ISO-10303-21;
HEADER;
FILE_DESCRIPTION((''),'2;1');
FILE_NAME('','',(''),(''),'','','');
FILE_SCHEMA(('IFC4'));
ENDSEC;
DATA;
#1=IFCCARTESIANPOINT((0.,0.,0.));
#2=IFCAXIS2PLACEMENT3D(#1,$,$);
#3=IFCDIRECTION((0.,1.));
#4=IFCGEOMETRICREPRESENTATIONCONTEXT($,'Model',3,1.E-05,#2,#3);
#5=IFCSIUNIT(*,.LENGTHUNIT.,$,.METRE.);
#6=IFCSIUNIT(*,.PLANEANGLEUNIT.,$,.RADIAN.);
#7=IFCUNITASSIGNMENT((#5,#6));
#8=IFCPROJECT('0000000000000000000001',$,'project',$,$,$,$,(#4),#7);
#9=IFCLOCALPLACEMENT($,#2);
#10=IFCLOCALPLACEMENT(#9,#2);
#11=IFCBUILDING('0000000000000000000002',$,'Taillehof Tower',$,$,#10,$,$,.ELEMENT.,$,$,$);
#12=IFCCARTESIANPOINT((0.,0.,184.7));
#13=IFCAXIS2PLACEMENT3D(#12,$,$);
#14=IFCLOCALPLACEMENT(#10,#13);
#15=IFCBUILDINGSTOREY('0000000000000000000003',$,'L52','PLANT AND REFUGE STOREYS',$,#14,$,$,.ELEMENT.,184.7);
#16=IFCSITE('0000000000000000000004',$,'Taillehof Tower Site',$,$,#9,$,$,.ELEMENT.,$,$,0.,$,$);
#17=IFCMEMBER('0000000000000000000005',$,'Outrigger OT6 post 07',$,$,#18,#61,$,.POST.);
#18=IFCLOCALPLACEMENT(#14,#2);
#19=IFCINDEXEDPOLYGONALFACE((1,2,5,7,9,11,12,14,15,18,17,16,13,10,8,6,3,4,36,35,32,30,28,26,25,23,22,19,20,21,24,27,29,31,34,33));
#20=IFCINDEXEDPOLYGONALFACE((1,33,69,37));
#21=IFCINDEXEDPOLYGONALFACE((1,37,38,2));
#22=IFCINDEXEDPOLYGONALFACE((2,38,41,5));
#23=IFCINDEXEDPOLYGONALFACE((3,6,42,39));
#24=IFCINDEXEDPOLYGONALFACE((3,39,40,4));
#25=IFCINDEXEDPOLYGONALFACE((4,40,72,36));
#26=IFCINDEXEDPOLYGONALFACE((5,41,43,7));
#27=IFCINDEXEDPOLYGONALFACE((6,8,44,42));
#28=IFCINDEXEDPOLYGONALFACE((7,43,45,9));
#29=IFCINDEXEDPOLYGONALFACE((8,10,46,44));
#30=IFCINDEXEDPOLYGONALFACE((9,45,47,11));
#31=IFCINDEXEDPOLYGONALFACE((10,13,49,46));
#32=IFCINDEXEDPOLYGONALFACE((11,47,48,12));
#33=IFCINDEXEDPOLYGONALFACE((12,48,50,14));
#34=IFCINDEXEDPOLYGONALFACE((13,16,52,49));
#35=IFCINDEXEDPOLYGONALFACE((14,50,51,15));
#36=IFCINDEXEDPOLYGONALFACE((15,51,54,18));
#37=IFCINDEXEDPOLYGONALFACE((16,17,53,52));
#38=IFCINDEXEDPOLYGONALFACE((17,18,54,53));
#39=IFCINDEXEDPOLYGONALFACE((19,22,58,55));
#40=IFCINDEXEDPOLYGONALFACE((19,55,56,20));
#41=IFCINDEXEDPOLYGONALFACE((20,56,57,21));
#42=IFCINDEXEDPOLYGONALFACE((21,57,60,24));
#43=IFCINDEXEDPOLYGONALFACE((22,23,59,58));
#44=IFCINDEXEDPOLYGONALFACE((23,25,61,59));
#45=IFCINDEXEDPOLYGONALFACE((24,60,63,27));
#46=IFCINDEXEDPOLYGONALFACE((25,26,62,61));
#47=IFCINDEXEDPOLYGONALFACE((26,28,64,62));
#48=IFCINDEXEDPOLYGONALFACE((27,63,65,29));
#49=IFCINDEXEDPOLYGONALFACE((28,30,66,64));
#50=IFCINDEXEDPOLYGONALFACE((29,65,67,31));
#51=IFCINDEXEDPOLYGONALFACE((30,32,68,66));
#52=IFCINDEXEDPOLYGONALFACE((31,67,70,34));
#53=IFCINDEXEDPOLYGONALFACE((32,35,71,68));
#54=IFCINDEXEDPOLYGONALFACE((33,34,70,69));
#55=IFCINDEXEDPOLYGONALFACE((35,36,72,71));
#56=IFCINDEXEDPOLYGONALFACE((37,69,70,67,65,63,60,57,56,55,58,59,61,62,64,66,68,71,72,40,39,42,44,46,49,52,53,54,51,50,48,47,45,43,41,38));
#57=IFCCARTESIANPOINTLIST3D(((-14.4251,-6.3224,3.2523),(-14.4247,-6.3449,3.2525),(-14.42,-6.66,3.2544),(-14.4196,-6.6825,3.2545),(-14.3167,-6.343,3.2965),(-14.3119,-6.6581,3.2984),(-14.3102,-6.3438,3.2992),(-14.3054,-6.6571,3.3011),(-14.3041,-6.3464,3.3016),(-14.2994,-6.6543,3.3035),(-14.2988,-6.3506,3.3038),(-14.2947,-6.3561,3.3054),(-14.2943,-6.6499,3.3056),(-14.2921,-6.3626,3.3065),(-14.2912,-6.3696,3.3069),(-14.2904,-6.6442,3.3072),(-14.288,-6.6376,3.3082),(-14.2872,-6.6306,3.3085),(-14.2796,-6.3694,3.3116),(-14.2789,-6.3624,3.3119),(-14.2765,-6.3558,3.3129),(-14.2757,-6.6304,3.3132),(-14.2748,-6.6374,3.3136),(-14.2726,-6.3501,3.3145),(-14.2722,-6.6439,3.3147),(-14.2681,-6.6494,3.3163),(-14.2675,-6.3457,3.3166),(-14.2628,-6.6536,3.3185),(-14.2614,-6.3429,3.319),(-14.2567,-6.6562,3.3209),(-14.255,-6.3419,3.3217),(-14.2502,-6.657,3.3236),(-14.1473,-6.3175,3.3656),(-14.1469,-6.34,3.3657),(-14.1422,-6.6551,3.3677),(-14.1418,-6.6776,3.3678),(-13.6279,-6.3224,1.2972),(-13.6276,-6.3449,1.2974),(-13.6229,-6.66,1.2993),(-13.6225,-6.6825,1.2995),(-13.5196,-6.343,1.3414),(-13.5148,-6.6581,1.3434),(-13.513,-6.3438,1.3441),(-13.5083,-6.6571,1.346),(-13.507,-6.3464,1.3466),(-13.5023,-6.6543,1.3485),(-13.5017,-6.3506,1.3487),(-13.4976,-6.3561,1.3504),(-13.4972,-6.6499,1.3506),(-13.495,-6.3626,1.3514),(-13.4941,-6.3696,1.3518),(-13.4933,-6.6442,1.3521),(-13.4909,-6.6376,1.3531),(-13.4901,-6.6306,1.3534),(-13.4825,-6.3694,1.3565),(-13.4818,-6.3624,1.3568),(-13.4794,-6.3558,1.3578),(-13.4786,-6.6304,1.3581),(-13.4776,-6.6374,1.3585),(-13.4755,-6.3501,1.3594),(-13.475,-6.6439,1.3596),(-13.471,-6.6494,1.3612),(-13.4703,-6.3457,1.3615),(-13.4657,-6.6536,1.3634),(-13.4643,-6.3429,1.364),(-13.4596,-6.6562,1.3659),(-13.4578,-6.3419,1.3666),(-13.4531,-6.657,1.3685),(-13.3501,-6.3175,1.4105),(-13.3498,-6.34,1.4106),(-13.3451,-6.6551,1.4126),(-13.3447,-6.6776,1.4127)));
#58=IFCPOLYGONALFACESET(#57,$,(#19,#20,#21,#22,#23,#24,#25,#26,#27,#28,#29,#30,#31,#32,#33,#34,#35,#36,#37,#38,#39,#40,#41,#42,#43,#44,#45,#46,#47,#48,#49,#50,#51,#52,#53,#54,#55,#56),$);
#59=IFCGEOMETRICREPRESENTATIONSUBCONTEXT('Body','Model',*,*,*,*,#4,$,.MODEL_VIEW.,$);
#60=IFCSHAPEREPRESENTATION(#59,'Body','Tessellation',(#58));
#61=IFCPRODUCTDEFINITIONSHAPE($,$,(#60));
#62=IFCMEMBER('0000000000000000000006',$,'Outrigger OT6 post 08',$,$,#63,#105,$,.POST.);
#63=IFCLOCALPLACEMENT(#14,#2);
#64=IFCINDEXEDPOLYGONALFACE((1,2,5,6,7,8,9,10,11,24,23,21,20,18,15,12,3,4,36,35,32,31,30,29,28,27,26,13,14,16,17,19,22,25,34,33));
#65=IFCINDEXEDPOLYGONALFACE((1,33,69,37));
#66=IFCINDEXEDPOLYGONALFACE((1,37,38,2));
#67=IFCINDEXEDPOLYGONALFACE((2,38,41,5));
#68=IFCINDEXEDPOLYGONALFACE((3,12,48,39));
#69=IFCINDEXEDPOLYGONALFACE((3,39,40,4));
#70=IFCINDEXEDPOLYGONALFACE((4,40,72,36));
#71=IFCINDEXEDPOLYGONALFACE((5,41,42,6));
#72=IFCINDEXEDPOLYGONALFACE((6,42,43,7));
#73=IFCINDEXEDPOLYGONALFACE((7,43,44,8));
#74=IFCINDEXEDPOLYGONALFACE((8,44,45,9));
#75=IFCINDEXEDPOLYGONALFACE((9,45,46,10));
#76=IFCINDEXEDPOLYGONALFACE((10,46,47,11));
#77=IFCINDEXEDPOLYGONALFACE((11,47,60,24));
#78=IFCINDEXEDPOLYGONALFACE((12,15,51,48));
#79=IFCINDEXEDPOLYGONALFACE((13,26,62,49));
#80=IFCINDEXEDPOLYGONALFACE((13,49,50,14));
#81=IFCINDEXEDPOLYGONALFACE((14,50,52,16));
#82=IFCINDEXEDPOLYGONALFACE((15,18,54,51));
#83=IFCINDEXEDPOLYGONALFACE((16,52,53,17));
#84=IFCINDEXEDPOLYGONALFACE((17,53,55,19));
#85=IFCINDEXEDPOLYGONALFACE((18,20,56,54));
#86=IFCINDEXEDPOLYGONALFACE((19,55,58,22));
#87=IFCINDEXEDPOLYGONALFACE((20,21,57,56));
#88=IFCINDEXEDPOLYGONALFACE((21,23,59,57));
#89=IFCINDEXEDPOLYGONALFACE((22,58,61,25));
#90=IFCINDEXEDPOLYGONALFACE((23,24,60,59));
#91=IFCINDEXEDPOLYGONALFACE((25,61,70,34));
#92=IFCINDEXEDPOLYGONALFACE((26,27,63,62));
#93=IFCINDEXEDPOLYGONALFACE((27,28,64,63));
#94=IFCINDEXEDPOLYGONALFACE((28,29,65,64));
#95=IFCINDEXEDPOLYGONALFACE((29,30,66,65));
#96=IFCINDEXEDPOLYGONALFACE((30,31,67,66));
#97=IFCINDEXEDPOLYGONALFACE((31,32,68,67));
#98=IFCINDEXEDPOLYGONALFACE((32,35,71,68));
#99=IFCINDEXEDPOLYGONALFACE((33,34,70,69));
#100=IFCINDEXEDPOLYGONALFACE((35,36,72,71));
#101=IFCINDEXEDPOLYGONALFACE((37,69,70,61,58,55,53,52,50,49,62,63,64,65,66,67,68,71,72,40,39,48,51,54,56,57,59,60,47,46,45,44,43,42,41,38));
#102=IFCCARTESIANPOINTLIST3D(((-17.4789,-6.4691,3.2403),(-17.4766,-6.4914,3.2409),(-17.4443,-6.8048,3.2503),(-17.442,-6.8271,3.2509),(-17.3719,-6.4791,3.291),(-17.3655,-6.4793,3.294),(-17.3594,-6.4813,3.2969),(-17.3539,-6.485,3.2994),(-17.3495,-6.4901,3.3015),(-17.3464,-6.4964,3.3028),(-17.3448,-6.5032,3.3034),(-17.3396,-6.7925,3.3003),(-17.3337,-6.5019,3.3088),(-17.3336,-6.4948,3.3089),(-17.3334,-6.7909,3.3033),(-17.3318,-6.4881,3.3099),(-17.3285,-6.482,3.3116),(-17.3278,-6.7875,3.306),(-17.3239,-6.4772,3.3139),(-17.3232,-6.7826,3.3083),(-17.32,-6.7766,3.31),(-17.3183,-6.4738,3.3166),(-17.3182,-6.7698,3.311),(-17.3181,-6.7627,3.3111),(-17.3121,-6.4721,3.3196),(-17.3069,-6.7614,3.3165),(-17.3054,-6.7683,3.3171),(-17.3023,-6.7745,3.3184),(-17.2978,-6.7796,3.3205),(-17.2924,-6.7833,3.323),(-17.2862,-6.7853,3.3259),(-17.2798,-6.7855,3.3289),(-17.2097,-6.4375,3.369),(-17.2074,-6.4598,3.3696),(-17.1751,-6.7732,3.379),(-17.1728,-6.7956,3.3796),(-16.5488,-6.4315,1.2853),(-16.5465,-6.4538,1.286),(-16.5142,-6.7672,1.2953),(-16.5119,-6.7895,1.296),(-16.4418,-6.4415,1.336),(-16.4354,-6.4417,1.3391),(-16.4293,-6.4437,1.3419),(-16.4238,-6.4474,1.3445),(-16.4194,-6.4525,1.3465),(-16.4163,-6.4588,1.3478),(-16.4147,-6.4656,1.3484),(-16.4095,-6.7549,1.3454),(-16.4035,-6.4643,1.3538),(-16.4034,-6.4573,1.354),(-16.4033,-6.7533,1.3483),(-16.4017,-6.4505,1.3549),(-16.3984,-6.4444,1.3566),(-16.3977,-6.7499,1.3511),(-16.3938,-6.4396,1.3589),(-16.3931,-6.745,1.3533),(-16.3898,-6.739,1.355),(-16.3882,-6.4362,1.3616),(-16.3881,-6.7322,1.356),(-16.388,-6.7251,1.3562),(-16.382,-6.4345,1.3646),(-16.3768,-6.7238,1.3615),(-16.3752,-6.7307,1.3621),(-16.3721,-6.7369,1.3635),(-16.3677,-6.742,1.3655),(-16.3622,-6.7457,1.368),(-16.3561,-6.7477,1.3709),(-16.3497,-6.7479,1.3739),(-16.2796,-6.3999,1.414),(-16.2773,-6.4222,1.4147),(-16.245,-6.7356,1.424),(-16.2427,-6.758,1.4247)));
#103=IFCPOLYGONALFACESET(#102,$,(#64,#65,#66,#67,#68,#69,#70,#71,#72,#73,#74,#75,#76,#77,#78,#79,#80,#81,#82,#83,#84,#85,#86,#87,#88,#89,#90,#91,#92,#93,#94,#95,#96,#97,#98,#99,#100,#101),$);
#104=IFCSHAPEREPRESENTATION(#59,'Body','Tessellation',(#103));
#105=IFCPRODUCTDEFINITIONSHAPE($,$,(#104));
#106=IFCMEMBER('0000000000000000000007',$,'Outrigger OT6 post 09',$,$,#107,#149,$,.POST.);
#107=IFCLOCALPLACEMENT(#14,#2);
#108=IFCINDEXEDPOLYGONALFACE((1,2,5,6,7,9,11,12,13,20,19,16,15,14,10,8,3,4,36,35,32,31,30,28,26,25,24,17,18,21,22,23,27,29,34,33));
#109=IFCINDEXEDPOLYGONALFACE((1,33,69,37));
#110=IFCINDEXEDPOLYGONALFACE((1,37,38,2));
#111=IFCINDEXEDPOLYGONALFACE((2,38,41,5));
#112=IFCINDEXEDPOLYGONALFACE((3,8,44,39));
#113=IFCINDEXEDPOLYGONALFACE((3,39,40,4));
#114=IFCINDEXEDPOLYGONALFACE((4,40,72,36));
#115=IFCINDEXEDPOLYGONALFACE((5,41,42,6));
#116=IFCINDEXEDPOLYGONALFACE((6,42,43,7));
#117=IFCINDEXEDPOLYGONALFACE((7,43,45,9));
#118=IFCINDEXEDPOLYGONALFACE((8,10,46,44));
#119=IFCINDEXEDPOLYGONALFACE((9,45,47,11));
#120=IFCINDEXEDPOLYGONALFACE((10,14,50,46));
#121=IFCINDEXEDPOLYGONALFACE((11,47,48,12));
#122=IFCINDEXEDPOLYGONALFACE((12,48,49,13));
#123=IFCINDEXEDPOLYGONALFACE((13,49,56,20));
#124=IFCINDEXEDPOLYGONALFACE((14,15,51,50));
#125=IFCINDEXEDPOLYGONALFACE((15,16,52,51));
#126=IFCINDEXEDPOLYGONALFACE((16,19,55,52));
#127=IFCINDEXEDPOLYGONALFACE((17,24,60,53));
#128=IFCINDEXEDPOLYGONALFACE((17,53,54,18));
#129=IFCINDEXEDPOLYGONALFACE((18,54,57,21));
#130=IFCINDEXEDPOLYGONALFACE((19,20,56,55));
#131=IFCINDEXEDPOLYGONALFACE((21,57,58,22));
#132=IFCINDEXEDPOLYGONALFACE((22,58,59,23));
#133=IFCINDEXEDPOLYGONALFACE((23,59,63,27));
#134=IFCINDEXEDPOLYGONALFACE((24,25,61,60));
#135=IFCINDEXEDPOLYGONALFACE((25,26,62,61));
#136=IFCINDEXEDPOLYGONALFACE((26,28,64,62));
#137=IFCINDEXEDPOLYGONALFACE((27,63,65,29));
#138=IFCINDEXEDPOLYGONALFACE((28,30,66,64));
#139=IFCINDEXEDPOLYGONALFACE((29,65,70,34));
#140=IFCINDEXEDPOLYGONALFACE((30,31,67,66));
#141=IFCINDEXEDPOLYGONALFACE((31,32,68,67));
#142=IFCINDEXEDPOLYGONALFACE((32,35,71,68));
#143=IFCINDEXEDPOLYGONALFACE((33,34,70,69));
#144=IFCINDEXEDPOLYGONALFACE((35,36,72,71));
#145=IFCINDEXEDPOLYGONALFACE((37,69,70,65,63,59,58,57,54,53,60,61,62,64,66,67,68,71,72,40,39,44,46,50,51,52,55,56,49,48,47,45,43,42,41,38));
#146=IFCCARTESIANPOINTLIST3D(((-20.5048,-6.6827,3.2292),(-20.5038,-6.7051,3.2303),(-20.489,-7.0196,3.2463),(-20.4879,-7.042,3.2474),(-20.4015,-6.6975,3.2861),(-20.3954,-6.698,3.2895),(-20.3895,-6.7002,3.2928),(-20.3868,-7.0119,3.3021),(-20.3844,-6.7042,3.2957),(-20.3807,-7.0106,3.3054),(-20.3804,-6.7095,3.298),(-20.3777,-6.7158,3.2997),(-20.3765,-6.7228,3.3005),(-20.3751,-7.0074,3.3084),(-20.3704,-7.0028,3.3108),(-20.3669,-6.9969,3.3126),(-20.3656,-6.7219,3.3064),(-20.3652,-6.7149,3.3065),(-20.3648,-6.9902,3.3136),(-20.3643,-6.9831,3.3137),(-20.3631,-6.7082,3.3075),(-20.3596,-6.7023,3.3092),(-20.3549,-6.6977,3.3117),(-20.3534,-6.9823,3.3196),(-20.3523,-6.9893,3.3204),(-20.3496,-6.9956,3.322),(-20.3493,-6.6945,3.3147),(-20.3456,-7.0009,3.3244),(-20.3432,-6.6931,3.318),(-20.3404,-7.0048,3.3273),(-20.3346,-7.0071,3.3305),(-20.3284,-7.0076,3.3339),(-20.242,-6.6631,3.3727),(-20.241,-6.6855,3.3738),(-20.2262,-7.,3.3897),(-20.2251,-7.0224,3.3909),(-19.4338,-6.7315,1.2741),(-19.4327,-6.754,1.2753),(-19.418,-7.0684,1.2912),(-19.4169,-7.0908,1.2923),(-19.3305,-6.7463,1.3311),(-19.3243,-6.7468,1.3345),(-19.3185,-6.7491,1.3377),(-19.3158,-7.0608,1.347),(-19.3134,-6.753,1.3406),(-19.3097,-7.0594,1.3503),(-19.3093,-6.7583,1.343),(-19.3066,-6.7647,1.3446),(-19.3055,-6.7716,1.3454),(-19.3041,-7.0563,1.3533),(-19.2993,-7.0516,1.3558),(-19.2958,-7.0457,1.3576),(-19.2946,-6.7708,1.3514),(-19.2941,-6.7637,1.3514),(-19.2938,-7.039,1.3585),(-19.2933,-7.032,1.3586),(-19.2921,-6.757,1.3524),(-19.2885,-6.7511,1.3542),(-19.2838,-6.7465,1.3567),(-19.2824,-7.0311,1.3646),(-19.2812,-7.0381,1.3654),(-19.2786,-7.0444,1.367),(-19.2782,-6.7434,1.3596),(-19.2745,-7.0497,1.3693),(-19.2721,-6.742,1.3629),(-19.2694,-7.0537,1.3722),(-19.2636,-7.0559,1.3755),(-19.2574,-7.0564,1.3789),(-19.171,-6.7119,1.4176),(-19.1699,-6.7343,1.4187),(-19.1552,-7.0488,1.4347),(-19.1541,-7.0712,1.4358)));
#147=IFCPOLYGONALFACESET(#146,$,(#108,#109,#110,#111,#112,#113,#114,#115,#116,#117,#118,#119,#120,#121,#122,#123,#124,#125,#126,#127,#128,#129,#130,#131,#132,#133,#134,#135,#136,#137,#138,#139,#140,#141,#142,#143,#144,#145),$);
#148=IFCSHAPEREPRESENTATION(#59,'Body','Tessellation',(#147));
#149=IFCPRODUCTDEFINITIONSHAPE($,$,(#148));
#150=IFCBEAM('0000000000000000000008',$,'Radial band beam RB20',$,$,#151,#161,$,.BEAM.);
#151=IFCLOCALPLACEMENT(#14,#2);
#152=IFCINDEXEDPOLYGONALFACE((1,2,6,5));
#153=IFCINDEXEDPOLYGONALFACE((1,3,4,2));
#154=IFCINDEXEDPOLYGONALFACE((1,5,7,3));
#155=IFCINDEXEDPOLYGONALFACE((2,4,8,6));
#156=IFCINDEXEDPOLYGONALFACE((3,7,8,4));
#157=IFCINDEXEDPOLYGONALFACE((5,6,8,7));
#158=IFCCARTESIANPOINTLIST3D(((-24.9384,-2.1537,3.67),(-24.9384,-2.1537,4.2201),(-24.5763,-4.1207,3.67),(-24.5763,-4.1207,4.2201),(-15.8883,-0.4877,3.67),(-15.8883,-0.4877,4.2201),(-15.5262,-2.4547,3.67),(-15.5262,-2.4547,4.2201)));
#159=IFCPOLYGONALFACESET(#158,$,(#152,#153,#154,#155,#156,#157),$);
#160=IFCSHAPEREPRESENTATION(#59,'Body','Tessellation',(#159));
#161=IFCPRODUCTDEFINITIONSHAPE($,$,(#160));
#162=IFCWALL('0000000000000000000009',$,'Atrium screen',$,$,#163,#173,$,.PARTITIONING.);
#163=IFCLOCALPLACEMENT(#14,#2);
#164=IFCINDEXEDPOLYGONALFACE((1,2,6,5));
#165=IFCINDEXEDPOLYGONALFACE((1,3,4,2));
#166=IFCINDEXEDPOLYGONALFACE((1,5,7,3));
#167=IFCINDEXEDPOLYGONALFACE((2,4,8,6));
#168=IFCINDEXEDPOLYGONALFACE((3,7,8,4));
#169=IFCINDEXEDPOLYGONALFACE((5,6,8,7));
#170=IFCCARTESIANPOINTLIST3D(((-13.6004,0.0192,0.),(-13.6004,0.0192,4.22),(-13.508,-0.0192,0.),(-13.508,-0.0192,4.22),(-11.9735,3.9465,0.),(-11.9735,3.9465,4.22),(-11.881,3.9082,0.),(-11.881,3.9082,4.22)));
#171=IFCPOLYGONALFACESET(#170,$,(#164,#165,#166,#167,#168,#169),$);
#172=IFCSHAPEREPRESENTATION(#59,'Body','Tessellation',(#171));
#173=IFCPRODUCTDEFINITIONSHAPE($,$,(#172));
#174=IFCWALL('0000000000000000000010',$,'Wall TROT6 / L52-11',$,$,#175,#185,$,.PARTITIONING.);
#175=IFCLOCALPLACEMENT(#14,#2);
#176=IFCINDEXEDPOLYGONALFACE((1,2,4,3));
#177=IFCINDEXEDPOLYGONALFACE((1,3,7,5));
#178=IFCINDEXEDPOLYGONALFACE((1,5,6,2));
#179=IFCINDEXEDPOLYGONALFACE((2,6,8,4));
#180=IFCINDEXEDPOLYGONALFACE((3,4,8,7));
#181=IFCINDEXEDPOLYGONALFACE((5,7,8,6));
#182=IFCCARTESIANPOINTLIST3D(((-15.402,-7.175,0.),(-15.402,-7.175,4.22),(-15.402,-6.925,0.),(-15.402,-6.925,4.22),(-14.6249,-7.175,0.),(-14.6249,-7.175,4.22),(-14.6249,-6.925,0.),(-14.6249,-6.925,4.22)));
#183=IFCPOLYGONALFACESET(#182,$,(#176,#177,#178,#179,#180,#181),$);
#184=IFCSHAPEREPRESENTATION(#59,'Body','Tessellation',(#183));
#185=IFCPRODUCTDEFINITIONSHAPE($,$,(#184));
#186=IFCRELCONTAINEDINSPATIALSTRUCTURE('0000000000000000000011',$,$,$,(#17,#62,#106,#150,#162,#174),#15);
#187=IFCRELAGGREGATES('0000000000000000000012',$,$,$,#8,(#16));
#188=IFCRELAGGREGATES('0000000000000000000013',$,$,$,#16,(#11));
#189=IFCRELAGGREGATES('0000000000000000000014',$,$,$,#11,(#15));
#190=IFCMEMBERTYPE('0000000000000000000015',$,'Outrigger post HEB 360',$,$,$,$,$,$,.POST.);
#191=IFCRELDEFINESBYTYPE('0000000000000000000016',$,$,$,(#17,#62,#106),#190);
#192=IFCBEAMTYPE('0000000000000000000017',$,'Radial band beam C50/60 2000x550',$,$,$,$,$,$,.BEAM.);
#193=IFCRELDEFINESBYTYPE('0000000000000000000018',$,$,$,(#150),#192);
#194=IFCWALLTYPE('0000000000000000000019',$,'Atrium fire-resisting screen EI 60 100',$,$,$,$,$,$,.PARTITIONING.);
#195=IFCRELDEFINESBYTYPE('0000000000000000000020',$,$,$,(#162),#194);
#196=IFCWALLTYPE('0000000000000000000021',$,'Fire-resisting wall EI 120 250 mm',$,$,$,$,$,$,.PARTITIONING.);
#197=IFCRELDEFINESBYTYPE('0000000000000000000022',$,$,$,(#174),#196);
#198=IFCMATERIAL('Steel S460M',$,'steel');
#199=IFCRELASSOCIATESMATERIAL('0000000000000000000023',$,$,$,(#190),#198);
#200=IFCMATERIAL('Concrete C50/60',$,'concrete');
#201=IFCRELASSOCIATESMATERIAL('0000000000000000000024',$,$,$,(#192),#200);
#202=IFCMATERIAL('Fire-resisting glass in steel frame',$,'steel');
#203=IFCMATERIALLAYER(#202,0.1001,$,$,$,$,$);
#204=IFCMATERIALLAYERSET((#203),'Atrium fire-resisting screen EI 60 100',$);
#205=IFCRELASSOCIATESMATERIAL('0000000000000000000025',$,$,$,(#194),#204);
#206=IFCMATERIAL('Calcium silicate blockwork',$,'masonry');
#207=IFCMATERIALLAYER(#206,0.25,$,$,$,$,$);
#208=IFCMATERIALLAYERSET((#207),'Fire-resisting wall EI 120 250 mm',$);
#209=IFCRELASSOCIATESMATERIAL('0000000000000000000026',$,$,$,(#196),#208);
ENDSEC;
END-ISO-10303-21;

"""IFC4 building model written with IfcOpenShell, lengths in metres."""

from ifc_helpers import new_model, si_unit, direction, frame, frame_2d, origin, origin_2d, place, context, subcontext, project, spatial, rectangle, i_section, extrude, material, layer, layer_set, material_profile, profile_set, type_object, element, save


model = new_model("IFC4")

# Units and contexts
model_context = context("Model", 3, precision=1e-05, world=origin(), true_north=direction((0.0, 1.0)))
body_context = subcontext(model_context, "Body", "Model", "MODEL_VIEW")
ifc_project = project(units=[si_unit("LENGTHUNIT", "METRE"), si_unit("PLANEANGLEUNIT", "RADIAN")], contexts=[model_context])

# Site, building, storey
site_placement = place(None, origin())
site = spatial("IfcSite", under=ifc_project, at=site_placement, Name="Taillehof Tower Site", CompositionType="ELEMENT", RefElevation=0.0)
building_placement = place(site_placement, origin())
building = spatial("IfcBuilding", under=site, at=building_placement, Name="Taillehof Tower", CompositionType="ELEMENT")
storey_placement = place(building_placement, frame((0.0, 0.0, 184.7)))
storey = spatial("IfcBuildingStorey", under=building, at=storey_placement, Name="L52", Description="PLANT AND REFUGE STOREYS", CompositionType="ELEMENT", Elevation=184.7)

# Members
ifc_material_1 = material(Name="Steel S460M", Category="steel")
ifc_material_profile_1 = material_profile(ifc_material_1, i_section(OverallWidth=0.3, OverallDepth=0.3601, WebThickness=0.0125, FlangeThickness=0.0225, FilletRadius=0.0271, at=origin_2d()), Name="HEB 360")
ifc_profile_set_1 = profile_set([ifc_material_profile_1], Name="Steel S460M")
member_type_1 = type_object("IfcMemberType", Name="Outrigger post HEB 360", PredefinedType="POST", material=ifc_profile_set_1)
member_1_placement = place(storey_placement, frame((-13.4863, -6.5, 1.355), z_axis=(-0.377543, 0.0, 0.925992), x_axis=(0.92587, 0.016265, 0.377493)))
element("IfcMember", 1, at=member_1_placement, inside=storey, type_object=member_type_1, Name="Outrigger OT6 post 07", PredefinedType="POST", context=body_context, shape_type="SweptSolid", body=[
    extrude(i_section(OverallWidth=0.3, OverallDepth=0.3601, WebThickness=0.0125, FlangeThickness=0.0225, FilletRadius=0.0271, at=origin_2d()), origin(), (0.0, 0.0, 1.0), 2.1113),
])
member_2_placement = place(storey_placement, frame((-16.3958, -6.5947, 1.355), z_axis=(-0.429562, -0.017363, 0.90287), x_axis=(0.897204, 0.105247, 0.428891)))
element("IfcMember", 2, at=member_2_placement, inside=storey, type_object=member_type_1, Name="Outrigger OT6 post 08", PredefinedType="POST", context=body_context, shape_type="SweptSolid", body=[
    extrude(i_section(OverallWidth=0.3, OverallDepth=0.3601, WebThickness=0.0125, FlangeThickness=0.0225, FilletRadius=0.0271, at=origin_2d()), origin(), (0.0, 0.0, 1.0), 2.1653),
])
member_3_placement = place(storey_placement, frame((-19.2939, -6.9014, 1.355), z_axis=(-0.48034, 0.021898, 0.876809), x_axis=(0.875831, 0.065353, 0.478172)))
element("IfcMember", 3, at=member_3_placement, inside=storey, type_object=member_type_1, Name="Outrigger OT6 post 09", PredefinedType="POST", context=body_context, shape_type="SweptSolid", body=[
    extrude(i_section(OverallWidth=0.3, OverallDepth=0.3601, WebThickness=0.0125, FlangeThickness=0.0225, FilletRadius=0.0271, at=origin_2d()), origin(), (0.0, 0.0, 1.0), 2.2297),
])

# Beam
ifc_material_2 = material(Name="Concrete C50/60", Category="concrete")
ifc_material_profile_2 = material_profile(ifc_material_2, rectangle(XDim=2.0, YDim=0.55, at=origin_2d()), Name="RC 2000x550")
ifc_profile_set_2 = profile_set([ifc_material_profile_2], Name="Concrete C50/60")
beam_type_1 = type_object("IfcBeamType", Name="Radial band beam C50/60 2000x550", PredefinedType="BEAM", material=ifc_profile_set_2)
beam_1_placement = place(storey_placement, frame((-24.7573, -3.1372, 3.9451), z_axis=(0.983474, 0.181047, 0.0), x_axis=(-0.181047, 0.983474, 0.0)))
element("IfcBeam", 4, at=beam_1_placement, inside=storey, type_object=beam_type_1, Name="Radial band beam RB20", PredefinedType="BEAM", context=body_context, shape_type="SweptSolid", body=[
    extrude(rectangle(XDim=2.0, YDim=0.55, at=origin_2d()), origin(), (0.0, 0.0, 1.0), 9.2021),
])

# Walls
ifc_material_3 = material(Name="Fire-resisting glass in steel frame", Category="steel")
ifc_layer_1 = layer(ifc_material_3, 0.1001)
ifc_layer_set_1 = layer_set([ifc_layer_1], Name="Atrium fire-resisting screen EI 60 100")
wall_type_1 = type_object("IfcWallType", Name="Atrium fire-resisting screen EI 60 100", PredefinedType="PARTITIONING", material=ifc_layer_set_1)
wall_1_placement = place(storey_placement, frame((-13.5542, 0.0, 0.0), z_axis=(0.0, 0.0, 1.0), x_axis=(0.382731, 0.92386, 0.0)))
element("IfcWall", 5, at=wall_1_placement, inside=storey, type_object=wall_type_1, Name="Atrium screen", PredefinedType="PARTITIONING", context=body_context, shape_type="SweptSolid", body=[
    extrude(rectangle(XDim=4.251, YDim=0.1001, at=frame_2d((2.1255, 0.0))), origin(), (0.0, 0.0, 1.0), 4.22),
])
ifc_material_4 = material(Name="Calcium silicate blockwork", Category="masonry")
ifc_layer_2 = layer(ifc_material_4, 0.25)
ifc_layer_set_2 = layer_set([ifc_layer_2], Name="Fire-resisting wall EI 120 250 mm")
wall_type_2 = type_object("IfcWallType", Name="Fire-resisting wall EI 120 250 mm", PredefinedType="PARTITIONING", material=ifc_layer_set_2)
wall_2_placement = place(storey_placement, frame((-15.4021, -7.05, 0.0), z_axis=(0.0, 0.0, 1.0), x_axis=(1.0, 0.0, 0.0)))
element("IfcWall", 6, at=wall_2_placement, inside=storey, type_object=wall_type_2, Name="Wall TROT6 / L52-11", PredefinedType="PARTITIONING", context=body_context, shape_type="SweptSolid", body=[
    extrude(rectangle(XDim=0.7771, YDim=0.25, at=frame_2d((0.3887, 0.0))), origin(), (0.0, 0.0, 1.0), 4.22),
])

save(model, "model.ifc")
